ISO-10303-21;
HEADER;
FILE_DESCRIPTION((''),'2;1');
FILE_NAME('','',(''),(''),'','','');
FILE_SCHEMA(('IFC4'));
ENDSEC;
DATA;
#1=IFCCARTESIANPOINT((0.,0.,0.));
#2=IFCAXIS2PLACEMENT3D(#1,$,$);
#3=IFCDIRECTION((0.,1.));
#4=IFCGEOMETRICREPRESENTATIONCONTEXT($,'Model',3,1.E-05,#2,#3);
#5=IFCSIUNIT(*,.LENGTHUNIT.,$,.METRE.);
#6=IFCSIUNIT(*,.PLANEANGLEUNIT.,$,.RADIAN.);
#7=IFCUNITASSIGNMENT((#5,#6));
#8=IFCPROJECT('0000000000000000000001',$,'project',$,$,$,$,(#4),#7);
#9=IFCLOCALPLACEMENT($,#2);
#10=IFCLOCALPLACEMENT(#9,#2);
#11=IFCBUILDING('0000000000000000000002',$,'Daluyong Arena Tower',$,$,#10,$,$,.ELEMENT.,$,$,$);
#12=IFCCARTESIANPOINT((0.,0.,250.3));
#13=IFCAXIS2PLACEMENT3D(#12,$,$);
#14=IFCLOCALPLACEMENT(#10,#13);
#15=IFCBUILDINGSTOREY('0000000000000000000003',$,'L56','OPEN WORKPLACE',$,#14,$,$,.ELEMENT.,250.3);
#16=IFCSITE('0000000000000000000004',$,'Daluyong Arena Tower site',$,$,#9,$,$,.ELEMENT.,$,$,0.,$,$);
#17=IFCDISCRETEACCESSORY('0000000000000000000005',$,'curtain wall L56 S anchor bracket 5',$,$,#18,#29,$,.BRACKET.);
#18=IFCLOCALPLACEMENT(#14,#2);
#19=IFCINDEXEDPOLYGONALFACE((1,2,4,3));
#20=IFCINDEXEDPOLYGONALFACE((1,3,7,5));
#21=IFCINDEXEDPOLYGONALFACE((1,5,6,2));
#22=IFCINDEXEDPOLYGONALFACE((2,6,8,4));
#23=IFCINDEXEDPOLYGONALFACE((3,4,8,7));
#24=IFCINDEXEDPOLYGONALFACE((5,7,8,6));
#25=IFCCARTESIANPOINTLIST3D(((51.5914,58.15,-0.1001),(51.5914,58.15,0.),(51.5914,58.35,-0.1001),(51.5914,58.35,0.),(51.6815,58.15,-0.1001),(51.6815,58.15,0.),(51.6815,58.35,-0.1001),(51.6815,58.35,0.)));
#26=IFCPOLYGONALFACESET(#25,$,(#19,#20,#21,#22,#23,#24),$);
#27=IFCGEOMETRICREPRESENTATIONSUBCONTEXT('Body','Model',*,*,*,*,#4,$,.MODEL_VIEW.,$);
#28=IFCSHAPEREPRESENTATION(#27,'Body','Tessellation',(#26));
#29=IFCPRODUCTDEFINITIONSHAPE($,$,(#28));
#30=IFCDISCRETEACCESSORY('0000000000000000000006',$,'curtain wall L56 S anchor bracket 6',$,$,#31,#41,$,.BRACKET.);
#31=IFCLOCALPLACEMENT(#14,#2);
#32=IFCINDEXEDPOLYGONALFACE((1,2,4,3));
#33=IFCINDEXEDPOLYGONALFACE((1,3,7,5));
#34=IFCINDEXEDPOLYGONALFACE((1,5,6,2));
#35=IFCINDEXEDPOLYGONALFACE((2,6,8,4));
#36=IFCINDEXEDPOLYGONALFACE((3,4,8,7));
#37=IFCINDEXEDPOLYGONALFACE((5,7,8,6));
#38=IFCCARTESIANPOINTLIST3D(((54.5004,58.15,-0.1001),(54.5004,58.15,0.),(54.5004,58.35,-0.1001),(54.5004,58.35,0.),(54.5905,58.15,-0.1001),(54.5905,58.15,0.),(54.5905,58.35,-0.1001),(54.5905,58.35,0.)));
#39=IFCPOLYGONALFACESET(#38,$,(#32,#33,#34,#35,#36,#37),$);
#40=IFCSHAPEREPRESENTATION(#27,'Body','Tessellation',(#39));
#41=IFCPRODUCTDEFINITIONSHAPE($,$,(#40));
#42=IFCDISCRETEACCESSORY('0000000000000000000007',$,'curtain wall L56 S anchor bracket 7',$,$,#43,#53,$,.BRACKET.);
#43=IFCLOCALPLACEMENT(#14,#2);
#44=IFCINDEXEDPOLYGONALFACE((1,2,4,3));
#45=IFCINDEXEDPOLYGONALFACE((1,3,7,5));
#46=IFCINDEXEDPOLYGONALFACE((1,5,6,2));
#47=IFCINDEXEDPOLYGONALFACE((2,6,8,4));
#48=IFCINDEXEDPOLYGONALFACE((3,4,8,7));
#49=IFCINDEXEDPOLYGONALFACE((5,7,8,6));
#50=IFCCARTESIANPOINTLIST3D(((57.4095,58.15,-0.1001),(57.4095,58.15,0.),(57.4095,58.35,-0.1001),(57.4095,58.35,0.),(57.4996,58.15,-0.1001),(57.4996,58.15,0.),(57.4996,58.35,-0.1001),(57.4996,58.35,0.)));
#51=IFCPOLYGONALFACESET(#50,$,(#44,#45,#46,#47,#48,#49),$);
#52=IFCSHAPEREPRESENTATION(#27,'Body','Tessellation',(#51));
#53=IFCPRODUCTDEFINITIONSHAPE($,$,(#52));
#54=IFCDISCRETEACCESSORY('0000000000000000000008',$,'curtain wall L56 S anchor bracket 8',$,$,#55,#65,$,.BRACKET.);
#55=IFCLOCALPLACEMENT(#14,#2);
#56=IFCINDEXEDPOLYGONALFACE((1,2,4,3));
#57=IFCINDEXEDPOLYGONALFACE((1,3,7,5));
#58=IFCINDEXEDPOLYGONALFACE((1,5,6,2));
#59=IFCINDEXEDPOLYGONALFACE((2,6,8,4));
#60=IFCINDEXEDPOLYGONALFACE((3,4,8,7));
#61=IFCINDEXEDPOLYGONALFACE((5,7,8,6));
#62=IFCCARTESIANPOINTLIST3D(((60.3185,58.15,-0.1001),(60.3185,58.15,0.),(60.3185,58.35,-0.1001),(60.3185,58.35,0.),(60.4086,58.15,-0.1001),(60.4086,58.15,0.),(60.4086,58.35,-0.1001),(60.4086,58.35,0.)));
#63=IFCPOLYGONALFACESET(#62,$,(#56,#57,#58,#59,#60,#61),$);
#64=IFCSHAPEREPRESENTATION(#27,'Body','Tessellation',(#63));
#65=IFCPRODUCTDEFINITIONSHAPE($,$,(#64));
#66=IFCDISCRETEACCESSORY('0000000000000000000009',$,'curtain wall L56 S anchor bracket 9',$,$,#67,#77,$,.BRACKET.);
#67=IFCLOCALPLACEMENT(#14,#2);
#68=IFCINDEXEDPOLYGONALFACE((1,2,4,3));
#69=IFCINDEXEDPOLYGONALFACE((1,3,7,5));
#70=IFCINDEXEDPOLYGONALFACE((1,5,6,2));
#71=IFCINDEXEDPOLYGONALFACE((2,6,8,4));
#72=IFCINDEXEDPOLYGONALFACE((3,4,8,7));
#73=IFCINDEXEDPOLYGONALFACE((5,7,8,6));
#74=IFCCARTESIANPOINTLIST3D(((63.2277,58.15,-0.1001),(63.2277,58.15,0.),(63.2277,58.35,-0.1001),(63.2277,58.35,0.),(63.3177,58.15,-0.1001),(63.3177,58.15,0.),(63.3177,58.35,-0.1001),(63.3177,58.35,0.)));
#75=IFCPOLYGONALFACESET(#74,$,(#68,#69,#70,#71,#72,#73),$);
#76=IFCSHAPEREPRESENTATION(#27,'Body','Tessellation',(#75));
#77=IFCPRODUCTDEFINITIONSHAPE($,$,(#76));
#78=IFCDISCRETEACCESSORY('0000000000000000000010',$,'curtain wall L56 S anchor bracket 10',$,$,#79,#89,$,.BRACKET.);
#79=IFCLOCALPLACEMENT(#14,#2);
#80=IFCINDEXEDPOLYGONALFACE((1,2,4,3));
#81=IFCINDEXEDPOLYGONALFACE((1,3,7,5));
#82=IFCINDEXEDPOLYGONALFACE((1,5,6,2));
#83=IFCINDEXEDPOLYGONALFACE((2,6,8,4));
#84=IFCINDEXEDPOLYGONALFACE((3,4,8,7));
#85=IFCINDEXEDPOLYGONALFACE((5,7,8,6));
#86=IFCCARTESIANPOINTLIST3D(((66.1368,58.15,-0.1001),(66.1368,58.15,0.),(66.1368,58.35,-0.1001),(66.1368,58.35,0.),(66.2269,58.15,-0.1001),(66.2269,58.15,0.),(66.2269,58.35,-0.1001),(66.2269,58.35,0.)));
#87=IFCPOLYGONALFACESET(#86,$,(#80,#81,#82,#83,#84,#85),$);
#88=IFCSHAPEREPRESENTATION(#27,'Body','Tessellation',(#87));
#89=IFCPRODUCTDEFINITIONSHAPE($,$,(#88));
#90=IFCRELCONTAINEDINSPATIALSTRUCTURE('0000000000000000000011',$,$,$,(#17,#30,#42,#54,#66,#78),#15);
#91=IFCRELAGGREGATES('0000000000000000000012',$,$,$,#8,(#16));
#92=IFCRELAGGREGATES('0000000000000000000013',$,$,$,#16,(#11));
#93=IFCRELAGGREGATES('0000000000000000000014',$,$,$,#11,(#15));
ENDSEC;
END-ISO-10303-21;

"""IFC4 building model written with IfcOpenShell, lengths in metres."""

from ifc_helpers import new_model, si_unit, direction, frame, origin, origin_2d, place, context, subcontext, project, spatial, rectangle, extrude, element, save


model = new_model("IFC4")

# Units and contexts
model_context = context("Model", 3, precision=1e-05, world=origin(), true_north=direction((0.0, 1.0)))
body_context = subcontext(model_context, "Body", "Model", "MODEL_VIEW")
ifc_project = project(units=[si_unit("LENGTHUNIT", "METRE"), si_unit("PLANEANGLEUNIT", "RADIAN")], contexts=[model_context])

# Site, building, storey
site_placement = place(None, origin())
site = spatial("IfcSite", under=ifc_project, at=site_placement, Name="Daluyong Arena Tower site", CompositionType="ELEMENT", RefElevation=0.0)
building_placement = place(site_placement, origin())
building = spatial("IfcBuilding", under=site, at=building_placement, Name="Daluyong Arena Tower", CompositionType="ELEMENT")
storey_placement = place(building_placement, frame((0.0, 0.0, 250.3)))
storey = spatial("IfcBuildingStorey", under=building, at=storey_placement, Name="L56", Description="OPEN WORKPLACE", CompositionType="ELEMENT", Elevation=250.3)

# Discrete accessories
for number, where, z_axis, x_axis, name in (
    (1, (51.6365, 58.25, -0.1001), (0.0, 0.0, 1.0), (1.0, 0.0, 0.0), "curtain wall L56 S anchor bracket 5"),
    (2, (54.5454, 58.25, -0.1001), (0.0, 0.0, 1.0), (1.0, 0.0, 0.0), "curtain wall L56 S anchor bracket 6"),
    (3, (57.4546, 58.25, -0.1001), (0.0, 0.0, 1.0), (1.0, 0.0, 0.0), "curtain wall L56 S anchor bracket 7"),
    (4, (60.3635, 58.25, -0.1001), (0.0, 0.0, 1.0), (1.0, 0.0, 0.0), "curtain wall L56 S anchor bracket 8"),
    (5, (63.2727, 58.25, -0.1001), (0.0, 0.0, 1.0), (1.0, 0.0, 0.0), "curtain wall L56 S anchor bracket 9"),
    (6, (66.1819, 58.25, -0.1001), (0.0, 0.0, 1.0), (1.0, 0.0, 0.0), "curtain wall L56 S anchor bracket 10"),
):
    element("IfcDiscreteAccessory", number, at=place(storey_placement, frame(where, z_axis=z_axis, x_axis=x_axis)), inside=storey, Name=name, PredefinedType="BRACKET", context=body_context, shape_type="SweptSolid", body=[
        extrude(rectangle(XDim=0.0901, YDim=0.2, at=origin_2d()), origin(), (0.0, 0.0, 1.0), 0.1001),
    ])

save(model, "model.ifc")
